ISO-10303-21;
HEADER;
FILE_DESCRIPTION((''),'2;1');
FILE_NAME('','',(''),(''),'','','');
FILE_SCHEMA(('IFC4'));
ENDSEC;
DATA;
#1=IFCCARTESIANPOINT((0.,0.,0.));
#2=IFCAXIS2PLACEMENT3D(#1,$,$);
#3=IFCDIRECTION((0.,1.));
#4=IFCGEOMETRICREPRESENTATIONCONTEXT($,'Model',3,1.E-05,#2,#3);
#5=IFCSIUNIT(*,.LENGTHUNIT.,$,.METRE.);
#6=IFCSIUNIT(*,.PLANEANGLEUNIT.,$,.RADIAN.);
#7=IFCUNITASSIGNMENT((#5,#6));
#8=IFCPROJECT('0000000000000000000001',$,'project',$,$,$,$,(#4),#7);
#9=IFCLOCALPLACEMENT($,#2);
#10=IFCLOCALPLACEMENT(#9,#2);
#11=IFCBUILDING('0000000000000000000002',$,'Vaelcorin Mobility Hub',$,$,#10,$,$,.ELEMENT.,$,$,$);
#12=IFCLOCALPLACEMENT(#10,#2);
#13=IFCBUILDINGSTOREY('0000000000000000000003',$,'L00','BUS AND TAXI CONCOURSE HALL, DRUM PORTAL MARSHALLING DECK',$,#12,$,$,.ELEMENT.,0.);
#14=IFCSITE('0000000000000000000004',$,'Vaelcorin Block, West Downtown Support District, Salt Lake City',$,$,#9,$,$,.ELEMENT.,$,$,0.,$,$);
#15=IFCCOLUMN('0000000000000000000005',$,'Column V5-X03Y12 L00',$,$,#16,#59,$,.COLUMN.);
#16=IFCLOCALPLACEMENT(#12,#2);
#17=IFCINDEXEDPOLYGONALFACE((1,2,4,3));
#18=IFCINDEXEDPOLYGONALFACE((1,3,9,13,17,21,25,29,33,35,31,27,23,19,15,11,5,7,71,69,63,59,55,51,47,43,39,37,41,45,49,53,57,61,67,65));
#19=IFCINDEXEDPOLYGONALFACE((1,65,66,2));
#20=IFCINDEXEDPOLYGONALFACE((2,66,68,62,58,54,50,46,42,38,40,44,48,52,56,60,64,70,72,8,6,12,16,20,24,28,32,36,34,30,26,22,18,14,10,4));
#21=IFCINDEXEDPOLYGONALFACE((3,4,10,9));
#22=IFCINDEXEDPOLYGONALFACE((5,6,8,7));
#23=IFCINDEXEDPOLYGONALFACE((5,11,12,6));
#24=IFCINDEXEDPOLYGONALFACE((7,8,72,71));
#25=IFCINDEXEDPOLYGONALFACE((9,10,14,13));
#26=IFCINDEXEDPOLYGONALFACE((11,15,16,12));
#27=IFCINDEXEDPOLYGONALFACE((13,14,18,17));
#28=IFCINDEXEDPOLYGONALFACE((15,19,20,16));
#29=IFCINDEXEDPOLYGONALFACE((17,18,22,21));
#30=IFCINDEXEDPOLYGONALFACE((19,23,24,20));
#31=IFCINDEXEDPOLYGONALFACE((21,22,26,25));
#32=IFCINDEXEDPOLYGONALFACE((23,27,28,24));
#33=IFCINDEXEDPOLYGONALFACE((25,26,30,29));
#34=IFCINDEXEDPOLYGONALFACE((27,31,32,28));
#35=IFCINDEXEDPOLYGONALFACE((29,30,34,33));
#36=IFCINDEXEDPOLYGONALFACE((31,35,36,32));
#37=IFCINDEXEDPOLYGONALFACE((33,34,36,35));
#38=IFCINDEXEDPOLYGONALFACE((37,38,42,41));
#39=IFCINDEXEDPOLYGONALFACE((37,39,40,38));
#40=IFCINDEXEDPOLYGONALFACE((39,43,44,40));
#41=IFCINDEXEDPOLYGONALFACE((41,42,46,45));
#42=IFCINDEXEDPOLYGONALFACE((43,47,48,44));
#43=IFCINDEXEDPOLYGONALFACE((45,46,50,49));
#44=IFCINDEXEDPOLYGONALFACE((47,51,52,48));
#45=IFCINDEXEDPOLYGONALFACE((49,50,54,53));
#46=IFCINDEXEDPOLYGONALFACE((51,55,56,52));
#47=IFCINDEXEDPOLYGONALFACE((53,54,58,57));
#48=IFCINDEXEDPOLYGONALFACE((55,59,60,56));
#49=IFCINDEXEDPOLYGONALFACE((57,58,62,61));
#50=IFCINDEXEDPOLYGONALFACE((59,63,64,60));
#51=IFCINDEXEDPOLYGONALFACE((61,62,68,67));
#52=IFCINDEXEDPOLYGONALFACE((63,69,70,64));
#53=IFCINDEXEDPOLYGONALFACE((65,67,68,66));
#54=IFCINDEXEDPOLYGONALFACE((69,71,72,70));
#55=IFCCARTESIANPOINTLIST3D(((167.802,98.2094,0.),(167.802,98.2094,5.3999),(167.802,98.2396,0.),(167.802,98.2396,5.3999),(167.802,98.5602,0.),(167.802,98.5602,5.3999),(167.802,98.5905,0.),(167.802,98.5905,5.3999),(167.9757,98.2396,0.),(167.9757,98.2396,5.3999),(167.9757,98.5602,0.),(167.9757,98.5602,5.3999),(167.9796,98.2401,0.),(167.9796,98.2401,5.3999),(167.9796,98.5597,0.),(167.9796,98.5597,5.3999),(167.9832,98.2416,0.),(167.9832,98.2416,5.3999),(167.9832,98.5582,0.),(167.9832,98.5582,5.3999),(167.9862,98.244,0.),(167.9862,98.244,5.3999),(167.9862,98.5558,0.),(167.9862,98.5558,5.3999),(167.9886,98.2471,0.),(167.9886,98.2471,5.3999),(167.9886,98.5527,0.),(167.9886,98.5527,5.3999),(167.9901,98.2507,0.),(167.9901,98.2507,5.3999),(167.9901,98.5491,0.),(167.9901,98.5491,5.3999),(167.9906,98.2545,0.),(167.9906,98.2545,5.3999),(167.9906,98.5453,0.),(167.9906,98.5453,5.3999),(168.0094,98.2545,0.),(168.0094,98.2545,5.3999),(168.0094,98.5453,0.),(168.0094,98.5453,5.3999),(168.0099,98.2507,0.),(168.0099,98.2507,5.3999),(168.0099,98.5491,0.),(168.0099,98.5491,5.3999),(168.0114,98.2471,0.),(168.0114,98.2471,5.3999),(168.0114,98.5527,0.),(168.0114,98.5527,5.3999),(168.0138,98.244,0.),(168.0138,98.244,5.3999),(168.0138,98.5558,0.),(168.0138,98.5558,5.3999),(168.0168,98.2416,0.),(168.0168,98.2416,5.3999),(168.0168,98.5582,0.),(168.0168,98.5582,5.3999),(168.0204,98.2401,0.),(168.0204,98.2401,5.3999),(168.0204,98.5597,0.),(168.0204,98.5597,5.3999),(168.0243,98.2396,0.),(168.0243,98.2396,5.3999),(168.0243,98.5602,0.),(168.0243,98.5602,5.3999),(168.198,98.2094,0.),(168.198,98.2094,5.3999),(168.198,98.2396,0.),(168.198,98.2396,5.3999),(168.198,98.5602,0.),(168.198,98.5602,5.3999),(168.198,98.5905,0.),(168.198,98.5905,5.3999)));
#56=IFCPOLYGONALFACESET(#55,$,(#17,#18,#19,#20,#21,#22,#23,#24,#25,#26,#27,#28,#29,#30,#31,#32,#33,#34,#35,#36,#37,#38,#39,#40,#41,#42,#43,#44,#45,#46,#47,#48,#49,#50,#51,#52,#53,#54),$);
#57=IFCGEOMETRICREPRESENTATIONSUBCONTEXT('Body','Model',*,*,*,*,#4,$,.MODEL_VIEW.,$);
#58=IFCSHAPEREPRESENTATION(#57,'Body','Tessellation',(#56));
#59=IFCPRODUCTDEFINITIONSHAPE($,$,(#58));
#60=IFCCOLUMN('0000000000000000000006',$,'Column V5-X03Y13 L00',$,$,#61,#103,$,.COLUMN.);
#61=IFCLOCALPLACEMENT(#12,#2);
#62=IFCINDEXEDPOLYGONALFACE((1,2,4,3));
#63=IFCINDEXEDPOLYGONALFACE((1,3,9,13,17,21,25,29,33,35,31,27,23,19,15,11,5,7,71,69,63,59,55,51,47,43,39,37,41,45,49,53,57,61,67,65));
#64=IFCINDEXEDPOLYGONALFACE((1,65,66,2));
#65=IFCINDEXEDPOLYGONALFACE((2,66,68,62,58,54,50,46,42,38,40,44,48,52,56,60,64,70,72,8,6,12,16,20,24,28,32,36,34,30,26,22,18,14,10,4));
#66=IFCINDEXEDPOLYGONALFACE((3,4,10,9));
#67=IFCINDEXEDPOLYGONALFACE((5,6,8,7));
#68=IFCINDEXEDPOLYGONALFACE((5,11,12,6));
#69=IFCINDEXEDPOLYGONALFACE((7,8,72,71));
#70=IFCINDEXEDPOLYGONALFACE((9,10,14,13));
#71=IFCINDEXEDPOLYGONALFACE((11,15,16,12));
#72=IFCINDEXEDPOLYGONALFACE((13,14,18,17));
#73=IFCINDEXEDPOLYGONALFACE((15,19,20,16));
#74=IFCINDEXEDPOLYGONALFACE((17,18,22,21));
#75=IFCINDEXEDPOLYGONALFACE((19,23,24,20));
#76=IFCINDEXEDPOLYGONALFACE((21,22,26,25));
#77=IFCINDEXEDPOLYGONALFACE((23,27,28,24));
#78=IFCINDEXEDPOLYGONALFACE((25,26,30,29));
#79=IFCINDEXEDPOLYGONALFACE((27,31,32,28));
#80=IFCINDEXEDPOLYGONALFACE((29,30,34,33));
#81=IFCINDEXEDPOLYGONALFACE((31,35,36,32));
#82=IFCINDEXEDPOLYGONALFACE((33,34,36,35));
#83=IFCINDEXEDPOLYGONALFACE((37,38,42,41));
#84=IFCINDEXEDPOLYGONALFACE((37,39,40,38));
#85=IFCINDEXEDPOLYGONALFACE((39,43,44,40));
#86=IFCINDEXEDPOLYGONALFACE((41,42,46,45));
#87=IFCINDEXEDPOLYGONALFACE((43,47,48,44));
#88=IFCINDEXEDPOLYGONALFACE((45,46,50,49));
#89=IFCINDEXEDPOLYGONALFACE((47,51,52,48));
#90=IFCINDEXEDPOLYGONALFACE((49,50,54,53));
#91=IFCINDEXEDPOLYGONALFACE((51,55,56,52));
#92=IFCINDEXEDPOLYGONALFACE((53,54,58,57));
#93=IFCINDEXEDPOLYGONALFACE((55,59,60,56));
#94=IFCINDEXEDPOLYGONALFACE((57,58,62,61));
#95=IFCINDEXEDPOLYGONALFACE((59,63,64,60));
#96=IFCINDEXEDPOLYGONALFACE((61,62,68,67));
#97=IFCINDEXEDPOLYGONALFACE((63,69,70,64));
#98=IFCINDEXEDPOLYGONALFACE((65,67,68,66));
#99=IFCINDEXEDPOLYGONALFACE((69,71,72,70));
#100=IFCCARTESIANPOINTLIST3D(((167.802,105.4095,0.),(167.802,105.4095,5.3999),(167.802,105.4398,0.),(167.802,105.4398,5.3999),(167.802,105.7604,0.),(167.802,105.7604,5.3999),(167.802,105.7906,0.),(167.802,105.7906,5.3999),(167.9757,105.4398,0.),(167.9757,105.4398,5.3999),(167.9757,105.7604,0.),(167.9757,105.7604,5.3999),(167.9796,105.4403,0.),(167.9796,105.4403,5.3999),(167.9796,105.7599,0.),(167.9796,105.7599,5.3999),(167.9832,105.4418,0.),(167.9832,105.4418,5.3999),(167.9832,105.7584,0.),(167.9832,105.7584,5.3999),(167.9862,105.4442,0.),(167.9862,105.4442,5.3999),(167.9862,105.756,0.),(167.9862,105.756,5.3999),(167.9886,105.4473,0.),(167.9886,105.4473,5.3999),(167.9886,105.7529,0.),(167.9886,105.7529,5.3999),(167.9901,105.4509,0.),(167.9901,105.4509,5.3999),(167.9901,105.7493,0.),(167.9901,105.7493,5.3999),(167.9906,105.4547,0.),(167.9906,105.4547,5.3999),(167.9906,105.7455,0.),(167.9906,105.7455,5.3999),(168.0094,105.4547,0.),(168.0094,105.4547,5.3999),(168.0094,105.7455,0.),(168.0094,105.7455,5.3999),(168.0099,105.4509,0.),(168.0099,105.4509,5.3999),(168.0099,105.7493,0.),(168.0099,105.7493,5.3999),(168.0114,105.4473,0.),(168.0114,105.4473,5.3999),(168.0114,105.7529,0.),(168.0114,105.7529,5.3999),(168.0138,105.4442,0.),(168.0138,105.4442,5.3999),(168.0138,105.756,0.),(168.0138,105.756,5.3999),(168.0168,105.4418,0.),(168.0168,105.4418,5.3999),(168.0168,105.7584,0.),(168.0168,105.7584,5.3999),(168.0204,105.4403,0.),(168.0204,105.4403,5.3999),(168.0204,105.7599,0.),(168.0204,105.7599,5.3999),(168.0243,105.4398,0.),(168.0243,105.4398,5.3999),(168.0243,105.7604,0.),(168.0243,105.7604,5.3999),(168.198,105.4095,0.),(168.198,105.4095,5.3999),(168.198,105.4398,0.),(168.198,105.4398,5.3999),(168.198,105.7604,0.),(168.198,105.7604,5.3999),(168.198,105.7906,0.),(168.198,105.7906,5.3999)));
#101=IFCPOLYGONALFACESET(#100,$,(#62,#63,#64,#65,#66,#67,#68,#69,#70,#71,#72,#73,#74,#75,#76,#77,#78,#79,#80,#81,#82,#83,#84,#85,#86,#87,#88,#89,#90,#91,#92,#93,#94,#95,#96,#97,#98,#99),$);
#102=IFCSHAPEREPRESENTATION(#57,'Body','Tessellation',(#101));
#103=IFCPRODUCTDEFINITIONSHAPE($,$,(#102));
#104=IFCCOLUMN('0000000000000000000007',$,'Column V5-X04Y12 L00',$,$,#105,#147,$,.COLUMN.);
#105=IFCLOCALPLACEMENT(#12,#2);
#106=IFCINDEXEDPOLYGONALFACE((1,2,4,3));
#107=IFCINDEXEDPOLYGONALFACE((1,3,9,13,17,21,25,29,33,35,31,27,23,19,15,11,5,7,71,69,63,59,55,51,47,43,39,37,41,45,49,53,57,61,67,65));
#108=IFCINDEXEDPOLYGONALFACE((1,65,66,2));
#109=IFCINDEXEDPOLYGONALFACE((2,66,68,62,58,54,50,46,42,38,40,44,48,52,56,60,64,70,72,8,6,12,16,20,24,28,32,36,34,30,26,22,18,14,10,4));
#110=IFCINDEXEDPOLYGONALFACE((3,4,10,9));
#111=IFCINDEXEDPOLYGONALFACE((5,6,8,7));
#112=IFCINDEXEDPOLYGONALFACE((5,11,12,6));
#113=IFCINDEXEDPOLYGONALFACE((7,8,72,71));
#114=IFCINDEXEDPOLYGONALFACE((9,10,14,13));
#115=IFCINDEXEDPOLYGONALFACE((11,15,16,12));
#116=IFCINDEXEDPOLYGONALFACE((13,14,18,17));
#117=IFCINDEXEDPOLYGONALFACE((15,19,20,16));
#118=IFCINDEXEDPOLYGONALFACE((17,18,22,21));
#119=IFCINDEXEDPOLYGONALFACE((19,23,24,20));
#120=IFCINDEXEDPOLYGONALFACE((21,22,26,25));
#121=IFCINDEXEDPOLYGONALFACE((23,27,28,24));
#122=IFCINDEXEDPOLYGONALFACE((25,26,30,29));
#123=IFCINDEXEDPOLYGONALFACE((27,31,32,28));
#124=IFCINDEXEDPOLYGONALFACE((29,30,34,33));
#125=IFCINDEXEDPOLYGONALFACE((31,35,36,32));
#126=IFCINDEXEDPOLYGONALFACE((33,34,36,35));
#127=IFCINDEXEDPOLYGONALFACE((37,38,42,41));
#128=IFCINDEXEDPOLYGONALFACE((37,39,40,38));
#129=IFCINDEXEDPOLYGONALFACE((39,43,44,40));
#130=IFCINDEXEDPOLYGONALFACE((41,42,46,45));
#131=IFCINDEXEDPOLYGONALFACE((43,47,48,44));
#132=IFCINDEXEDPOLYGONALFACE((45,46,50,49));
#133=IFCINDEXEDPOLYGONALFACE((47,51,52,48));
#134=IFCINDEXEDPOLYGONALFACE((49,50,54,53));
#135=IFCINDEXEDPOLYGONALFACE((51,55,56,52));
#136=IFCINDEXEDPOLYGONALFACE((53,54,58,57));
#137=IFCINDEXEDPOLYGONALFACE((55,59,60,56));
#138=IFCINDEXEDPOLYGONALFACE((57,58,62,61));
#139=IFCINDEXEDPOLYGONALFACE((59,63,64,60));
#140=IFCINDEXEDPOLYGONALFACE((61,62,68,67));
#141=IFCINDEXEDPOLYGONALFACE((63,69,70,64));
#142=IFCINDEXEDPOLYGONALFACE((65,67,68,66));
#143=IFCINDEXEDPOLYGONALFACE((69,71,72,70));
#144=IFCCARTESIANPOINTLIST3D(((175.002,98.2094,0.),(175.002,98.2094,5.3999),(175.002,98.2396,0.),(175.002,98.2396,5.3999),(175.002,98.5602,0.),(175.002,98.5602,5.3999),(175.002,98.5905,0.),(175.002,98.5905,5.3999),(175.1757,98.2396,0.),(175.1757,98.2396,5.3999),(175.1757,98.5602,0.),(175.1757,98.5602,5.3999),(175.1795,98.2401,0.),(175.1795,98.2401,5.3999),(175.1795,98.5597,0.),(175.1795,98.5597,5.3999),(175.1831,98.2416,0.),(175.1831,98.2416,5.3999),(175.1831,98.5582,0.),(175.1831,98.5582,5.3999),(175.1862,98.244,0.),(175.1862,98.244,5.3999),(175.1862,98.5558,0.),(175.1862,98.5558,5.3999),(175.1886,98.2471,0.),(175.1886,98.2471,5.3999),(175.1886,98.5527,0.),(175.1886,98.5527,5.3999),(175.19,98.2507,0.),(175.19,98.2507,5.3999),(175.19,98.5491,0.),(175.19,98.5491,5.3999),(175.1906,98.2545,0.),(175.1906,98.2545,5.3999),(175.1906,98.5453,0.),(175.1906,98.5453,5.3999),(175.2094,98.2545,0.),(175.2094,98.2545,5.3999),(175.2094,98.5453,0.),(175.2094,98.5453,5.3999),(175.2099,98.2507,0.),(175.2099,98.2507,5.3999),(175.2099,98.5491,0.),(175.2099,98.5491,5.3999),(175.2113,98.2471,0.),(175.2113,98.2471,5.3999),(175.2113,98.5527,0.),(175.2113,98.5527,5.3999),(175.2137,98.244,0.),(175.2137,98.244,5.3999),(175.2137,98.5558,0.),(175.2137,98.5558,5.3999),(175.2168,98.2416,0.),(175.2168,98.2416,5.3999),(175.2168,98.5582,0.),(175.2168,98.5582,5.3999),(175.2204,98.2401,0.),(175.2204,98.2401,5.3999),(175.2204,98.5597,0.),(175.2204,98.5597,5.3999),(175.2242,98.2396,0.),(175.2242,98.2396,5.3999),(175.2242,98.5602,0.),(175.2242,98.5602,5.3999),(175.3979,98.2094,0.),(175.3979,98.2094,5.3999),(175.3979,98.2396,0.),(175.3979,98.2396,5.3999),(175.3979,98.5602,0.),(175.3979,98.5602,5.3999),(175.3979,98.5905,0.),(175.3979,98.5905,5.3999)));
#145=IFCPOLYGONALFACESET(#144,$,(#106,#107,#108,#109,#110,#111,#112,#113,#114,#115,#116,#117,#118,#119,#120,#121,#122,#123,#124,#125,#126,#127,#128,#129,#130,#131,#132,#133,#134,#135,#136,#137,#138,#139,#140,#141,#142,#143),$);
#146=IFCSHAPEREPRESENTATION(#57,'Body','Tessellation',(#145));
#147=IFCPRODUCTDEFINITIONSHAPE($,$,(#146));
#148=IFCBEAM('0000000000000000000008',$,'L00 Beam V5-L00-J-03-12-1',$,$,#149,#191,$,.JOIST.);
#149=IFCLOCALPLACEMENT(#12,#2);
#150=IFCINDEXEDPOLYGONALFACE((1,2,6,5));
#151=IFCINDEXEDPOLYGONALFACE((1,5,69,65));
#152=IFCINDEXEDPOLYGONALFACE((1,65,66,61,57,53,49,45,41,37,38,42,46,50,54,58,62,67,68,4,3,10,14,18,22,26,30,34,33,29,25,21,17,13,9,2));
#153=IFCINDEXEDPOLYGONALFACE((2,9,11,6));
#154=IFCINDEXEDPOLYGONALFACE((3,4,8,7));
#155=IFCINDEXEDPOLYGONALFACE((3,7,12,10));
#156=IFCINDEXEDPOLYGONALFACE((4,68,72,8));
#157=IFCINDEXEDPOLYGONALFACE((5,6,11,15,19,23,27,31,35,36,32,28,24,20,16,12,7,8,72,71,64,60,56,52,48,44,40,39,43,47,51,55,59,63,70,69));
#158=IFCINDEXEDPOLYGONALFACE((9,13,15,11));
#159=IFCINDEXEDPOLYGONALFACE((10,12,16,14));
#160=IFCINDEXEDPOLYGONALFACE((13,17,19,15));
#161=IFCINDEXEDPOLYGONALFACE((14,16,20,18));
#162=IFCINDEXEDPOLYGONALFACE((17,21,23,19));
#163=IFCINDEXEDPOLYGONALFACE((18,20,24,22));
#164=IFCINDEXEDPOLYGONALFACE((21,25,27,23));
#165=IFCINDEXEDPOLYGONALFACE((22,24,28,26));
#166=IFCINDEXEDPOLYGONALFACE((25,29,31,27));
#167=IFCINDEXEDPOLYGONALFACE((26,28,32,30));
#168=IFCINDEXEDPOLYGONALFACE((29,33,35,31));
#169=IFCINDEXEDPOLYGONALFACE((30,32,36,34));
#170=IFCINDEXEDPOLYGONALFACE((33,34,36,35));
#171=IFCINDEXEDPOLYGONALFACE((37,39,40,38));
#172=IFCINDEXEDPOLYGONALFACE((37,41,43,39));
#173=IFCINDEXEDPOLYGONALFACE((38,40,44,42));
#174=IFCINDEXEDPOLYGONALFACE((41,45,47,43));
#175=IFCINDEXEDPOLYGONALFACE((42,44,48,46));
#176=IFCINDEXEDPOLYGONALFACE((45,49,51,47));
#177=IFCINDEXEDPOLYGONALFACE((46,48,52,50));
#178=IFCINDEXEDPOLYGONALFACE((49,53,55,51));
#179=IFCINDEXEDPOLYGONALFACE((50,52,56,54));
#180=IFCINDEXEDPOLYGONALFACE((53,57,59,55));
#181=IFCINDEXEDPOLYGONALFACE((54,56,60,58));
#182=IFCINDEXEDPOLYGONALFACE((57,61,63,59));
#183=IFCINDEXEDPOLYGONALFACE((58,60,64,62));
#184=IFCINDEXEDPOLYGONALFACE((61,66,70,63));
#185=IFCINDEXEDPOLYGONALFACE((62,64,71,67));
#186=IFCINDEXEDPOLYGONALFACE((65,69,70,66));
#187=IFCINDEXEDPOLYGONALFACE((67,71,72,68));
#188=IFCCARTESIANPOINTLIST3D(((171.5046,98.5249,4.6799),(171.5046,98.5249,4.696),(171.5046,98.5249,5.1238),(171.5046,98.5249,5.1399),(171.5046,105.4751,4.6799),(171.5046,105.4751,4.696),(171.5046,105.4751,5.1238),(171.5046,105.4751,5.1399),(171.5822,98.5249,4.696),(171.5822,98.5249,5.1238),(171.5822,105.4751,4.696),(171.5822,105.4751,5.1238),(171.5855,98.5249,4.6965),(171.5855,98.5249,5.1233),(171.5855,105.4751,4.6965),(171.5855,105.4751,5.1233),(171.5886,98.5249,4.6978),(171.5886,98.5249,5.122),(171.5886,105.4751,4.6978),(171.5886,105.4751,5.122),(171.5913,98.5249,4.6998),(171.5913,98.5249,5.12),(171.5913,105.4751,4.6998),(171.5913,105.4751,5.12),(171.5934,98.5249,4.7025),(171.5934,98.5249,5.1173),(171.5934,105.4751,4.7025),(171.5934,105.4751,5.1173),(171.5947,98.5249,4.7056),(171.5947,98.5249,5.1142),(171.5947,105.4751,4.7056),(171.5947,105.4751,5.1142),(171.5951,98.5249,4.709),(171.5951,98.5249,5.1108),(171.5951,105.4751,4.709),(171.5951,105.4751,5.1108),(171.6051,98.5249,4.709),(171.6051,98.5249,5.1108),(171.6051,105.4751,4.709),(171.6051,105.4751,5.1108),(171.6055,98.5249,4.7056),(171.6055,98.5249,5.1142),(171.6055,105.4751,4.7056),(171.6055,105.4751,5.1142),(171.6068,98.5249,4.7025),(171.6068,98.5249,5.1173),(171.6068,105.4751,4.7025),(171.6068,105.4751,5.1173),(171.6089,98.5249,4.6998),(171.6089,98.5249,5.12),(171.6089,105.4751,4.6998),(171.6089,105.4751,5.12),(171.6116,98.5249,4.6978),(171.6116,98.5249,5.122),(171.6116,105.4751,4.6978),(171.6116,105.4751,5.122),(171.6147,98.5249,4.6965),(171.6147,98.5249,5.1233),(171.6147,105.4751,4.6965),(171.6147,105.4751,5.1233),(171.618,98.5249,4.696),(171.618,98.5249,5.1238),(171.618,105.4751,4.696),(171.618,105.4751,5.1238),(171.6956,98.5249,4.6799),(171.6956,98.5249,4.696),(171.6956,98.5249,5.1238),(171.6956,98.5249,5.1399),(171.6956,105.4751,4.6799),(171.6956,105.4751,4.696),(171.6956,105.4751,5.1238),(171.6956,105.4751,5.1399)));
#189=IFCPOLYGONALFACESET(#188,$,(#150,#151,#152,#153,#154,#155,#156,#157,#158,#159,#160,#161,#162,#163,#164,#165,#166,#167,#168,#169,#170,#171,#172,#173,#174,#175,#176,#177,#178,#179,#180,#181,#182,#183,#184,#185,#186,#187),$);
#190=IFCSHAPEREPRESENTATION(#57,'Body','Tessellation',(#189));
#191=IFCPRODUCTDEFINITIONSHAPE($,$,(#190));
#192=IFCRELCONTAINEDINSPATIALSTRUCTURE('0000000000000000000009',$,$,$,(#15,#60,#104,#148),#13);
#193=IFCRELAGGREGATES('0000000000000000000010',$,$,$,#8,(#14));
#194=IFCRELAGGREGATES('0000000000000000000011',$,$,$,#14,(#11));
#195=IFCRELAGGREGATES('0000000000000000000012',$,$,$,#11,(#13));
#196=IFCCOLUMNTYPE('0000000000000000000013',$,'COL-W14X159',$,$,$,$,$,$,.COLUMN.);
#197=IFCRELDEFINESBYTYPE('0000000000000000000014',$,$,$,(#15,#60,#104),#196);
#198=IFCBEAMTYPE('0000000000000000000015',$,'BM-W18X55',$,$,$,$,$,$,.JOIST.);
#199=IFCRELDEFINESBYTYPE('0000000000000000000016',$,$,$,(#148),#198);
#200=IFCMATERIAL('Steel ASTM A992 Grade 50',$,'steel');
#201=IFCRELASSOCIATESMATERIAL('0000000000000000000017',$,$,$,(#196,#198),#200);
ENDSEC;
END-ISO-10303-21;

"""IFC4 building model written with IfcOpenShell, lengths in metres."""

from ifc_helpers import new_model, si_unit, direction, frame, origin, origin_2d, place, context, subcontext, project, spatial, i_section, extrude, material, material_profile, profile_set, type_object, element, save


model = new_model("IFC4")

# Units and contexts
model_context = context("Model", 3, precision=1e-05, world=origin(), true_north=direction((0.0, 1.0)))
body_context = subcontext(model_context, "Body", "Model", "MODEL_VIEW")
ifc_project = project(units=[si_unit("LENGTHUNIT", "METRE"), si_unit("PLANEANGLEUNIT", "RADIAN")], contexts=[model_context])

# Site, building, storey
site_placement = place(None, origin())
site = spatial("IfcSite", under=ifc_project, at=site_placement, Name="Vaelcorin Block, West Downtown Support District, Salt Lake City", CompositionType="ELEMENT", RefElevation=0.0)
building_placement = place(site_placement, origin())
building = spatial("IfcBuilding", under=site, at=building_placement, Name="Vaelcorin Mobility Hub", CompositionType="ELEMENT")
storey_placement = place(building_placement, origin())
storey = spatial("IfcBuildingStorey", under=building, at=storey_placement, Name="L00", Description="BUS AND TAXI CONCOURSE HALL, DRUM PORTAL MARSHALLING DECK", CompositionType="ELEMENT", Elevation=0.0)

# Columns
ifc_material_1 = material(Name="Steel ASTM A992 Grade 50", Category="steel")
ifc_material_profile_1 = material_profile(ifc_material_1, i_section(OverallWidth=0.396, OverallDepth=0.3811, WebThickness=0.0188, FlangeThickness=0.0303, FilletRadius=0.0149, at=origin_2d()), Name="W14X159")
ifc_profile_set_1 = profile_set([ifc_material_profile_1], Name="Steel ASTM A992 Grade 50")
column_type = type_object("IfcColumnType", Name="COL-W14X159", PredefinedType="COLUMN", material=ifc_profile_set_1)
for number, where, z_axis, x_axis, name in (
    (1, (168.0, 98.3999, 0.0), (0.0, 0.0, 1.0), (1.0, 0.0, 0.0), "Column V5-X03Y12 L00"),
    (2, (168.0, 105.6001, 0.0), (0.0, 0.0, 1.0), (1.0, 0.0, 0.0), "Column V5-X03Y13 L00"),
    (3, (175.2, 98.3999, 0.0), (0.0, 0.0, 1.0), (1.0, 0.0, 0.0), "Column V5-X04Y12 L00"),
):
    element("IfcColumn", number, at=place(storey_placement, frame(where, z_axis=z_axis, x_axis=x_axis)), inside=storey, type_object=column_type, Name=name, PredefinedType="COLUMN", context=body_context, shape_type="SweptSolid", body=[
        extrude(i_section(OverallWidth=0.396, OverallDepth=0.3811, WebThickness=0.0188, FlangeThickness=0.0303, FilletRadius=0.0149, at=origin_2d()), origin(), (0.0, 0.0, 1.0), 5.3999),
    ])

# Beam
ifc_material_profile_2 = material_profile(ifc_material_1, i_section(OverallWidth=0.1909, OverallDepth=0.46, WebThickness=0.01, FlangeThickness=0.0161, FilletRadius=0.0129, at=origin_2d()), Name="W18X55")
ifc_profile_set_2 = profile_set([ifc_material_profile_2], Name="Steel ASTM A992 Grade 50")
beam_type_1 = type_object("IfcBeamType", Name="BM-W18X55", PredefinedType="JOIST", material=ifc_profile_set_2)
for number, where, z_axis, x_axis, name in (
    (4, (171.6001, 98.5249, 4.9099), (0.0, 1.0, 0.0), (-1.0, 0.0, 0.0), "L00 Beam V5-L00-J-03-12-1"),
):
    element("IfcBeam", number, at=place(storey_placement, frame(where, z_axis=z_axis, x_axis=x_axis)), inside=storey, type_object=beam_type_1, Name=name, PredefinedType="JOIST", context=body_context, shape_type="SweptSolid", body=[
        extrude(i_section(OverallWidth=0.1909, OverallDepth=0.46, WebThickness=0.01, FlangeThickness=0.0161, FilletRadius=0.0129, at=origin_2d()), origin(), (0.0, 0.0, 1.0), 6.9502),
    ])

save(model, "model.ifc")
